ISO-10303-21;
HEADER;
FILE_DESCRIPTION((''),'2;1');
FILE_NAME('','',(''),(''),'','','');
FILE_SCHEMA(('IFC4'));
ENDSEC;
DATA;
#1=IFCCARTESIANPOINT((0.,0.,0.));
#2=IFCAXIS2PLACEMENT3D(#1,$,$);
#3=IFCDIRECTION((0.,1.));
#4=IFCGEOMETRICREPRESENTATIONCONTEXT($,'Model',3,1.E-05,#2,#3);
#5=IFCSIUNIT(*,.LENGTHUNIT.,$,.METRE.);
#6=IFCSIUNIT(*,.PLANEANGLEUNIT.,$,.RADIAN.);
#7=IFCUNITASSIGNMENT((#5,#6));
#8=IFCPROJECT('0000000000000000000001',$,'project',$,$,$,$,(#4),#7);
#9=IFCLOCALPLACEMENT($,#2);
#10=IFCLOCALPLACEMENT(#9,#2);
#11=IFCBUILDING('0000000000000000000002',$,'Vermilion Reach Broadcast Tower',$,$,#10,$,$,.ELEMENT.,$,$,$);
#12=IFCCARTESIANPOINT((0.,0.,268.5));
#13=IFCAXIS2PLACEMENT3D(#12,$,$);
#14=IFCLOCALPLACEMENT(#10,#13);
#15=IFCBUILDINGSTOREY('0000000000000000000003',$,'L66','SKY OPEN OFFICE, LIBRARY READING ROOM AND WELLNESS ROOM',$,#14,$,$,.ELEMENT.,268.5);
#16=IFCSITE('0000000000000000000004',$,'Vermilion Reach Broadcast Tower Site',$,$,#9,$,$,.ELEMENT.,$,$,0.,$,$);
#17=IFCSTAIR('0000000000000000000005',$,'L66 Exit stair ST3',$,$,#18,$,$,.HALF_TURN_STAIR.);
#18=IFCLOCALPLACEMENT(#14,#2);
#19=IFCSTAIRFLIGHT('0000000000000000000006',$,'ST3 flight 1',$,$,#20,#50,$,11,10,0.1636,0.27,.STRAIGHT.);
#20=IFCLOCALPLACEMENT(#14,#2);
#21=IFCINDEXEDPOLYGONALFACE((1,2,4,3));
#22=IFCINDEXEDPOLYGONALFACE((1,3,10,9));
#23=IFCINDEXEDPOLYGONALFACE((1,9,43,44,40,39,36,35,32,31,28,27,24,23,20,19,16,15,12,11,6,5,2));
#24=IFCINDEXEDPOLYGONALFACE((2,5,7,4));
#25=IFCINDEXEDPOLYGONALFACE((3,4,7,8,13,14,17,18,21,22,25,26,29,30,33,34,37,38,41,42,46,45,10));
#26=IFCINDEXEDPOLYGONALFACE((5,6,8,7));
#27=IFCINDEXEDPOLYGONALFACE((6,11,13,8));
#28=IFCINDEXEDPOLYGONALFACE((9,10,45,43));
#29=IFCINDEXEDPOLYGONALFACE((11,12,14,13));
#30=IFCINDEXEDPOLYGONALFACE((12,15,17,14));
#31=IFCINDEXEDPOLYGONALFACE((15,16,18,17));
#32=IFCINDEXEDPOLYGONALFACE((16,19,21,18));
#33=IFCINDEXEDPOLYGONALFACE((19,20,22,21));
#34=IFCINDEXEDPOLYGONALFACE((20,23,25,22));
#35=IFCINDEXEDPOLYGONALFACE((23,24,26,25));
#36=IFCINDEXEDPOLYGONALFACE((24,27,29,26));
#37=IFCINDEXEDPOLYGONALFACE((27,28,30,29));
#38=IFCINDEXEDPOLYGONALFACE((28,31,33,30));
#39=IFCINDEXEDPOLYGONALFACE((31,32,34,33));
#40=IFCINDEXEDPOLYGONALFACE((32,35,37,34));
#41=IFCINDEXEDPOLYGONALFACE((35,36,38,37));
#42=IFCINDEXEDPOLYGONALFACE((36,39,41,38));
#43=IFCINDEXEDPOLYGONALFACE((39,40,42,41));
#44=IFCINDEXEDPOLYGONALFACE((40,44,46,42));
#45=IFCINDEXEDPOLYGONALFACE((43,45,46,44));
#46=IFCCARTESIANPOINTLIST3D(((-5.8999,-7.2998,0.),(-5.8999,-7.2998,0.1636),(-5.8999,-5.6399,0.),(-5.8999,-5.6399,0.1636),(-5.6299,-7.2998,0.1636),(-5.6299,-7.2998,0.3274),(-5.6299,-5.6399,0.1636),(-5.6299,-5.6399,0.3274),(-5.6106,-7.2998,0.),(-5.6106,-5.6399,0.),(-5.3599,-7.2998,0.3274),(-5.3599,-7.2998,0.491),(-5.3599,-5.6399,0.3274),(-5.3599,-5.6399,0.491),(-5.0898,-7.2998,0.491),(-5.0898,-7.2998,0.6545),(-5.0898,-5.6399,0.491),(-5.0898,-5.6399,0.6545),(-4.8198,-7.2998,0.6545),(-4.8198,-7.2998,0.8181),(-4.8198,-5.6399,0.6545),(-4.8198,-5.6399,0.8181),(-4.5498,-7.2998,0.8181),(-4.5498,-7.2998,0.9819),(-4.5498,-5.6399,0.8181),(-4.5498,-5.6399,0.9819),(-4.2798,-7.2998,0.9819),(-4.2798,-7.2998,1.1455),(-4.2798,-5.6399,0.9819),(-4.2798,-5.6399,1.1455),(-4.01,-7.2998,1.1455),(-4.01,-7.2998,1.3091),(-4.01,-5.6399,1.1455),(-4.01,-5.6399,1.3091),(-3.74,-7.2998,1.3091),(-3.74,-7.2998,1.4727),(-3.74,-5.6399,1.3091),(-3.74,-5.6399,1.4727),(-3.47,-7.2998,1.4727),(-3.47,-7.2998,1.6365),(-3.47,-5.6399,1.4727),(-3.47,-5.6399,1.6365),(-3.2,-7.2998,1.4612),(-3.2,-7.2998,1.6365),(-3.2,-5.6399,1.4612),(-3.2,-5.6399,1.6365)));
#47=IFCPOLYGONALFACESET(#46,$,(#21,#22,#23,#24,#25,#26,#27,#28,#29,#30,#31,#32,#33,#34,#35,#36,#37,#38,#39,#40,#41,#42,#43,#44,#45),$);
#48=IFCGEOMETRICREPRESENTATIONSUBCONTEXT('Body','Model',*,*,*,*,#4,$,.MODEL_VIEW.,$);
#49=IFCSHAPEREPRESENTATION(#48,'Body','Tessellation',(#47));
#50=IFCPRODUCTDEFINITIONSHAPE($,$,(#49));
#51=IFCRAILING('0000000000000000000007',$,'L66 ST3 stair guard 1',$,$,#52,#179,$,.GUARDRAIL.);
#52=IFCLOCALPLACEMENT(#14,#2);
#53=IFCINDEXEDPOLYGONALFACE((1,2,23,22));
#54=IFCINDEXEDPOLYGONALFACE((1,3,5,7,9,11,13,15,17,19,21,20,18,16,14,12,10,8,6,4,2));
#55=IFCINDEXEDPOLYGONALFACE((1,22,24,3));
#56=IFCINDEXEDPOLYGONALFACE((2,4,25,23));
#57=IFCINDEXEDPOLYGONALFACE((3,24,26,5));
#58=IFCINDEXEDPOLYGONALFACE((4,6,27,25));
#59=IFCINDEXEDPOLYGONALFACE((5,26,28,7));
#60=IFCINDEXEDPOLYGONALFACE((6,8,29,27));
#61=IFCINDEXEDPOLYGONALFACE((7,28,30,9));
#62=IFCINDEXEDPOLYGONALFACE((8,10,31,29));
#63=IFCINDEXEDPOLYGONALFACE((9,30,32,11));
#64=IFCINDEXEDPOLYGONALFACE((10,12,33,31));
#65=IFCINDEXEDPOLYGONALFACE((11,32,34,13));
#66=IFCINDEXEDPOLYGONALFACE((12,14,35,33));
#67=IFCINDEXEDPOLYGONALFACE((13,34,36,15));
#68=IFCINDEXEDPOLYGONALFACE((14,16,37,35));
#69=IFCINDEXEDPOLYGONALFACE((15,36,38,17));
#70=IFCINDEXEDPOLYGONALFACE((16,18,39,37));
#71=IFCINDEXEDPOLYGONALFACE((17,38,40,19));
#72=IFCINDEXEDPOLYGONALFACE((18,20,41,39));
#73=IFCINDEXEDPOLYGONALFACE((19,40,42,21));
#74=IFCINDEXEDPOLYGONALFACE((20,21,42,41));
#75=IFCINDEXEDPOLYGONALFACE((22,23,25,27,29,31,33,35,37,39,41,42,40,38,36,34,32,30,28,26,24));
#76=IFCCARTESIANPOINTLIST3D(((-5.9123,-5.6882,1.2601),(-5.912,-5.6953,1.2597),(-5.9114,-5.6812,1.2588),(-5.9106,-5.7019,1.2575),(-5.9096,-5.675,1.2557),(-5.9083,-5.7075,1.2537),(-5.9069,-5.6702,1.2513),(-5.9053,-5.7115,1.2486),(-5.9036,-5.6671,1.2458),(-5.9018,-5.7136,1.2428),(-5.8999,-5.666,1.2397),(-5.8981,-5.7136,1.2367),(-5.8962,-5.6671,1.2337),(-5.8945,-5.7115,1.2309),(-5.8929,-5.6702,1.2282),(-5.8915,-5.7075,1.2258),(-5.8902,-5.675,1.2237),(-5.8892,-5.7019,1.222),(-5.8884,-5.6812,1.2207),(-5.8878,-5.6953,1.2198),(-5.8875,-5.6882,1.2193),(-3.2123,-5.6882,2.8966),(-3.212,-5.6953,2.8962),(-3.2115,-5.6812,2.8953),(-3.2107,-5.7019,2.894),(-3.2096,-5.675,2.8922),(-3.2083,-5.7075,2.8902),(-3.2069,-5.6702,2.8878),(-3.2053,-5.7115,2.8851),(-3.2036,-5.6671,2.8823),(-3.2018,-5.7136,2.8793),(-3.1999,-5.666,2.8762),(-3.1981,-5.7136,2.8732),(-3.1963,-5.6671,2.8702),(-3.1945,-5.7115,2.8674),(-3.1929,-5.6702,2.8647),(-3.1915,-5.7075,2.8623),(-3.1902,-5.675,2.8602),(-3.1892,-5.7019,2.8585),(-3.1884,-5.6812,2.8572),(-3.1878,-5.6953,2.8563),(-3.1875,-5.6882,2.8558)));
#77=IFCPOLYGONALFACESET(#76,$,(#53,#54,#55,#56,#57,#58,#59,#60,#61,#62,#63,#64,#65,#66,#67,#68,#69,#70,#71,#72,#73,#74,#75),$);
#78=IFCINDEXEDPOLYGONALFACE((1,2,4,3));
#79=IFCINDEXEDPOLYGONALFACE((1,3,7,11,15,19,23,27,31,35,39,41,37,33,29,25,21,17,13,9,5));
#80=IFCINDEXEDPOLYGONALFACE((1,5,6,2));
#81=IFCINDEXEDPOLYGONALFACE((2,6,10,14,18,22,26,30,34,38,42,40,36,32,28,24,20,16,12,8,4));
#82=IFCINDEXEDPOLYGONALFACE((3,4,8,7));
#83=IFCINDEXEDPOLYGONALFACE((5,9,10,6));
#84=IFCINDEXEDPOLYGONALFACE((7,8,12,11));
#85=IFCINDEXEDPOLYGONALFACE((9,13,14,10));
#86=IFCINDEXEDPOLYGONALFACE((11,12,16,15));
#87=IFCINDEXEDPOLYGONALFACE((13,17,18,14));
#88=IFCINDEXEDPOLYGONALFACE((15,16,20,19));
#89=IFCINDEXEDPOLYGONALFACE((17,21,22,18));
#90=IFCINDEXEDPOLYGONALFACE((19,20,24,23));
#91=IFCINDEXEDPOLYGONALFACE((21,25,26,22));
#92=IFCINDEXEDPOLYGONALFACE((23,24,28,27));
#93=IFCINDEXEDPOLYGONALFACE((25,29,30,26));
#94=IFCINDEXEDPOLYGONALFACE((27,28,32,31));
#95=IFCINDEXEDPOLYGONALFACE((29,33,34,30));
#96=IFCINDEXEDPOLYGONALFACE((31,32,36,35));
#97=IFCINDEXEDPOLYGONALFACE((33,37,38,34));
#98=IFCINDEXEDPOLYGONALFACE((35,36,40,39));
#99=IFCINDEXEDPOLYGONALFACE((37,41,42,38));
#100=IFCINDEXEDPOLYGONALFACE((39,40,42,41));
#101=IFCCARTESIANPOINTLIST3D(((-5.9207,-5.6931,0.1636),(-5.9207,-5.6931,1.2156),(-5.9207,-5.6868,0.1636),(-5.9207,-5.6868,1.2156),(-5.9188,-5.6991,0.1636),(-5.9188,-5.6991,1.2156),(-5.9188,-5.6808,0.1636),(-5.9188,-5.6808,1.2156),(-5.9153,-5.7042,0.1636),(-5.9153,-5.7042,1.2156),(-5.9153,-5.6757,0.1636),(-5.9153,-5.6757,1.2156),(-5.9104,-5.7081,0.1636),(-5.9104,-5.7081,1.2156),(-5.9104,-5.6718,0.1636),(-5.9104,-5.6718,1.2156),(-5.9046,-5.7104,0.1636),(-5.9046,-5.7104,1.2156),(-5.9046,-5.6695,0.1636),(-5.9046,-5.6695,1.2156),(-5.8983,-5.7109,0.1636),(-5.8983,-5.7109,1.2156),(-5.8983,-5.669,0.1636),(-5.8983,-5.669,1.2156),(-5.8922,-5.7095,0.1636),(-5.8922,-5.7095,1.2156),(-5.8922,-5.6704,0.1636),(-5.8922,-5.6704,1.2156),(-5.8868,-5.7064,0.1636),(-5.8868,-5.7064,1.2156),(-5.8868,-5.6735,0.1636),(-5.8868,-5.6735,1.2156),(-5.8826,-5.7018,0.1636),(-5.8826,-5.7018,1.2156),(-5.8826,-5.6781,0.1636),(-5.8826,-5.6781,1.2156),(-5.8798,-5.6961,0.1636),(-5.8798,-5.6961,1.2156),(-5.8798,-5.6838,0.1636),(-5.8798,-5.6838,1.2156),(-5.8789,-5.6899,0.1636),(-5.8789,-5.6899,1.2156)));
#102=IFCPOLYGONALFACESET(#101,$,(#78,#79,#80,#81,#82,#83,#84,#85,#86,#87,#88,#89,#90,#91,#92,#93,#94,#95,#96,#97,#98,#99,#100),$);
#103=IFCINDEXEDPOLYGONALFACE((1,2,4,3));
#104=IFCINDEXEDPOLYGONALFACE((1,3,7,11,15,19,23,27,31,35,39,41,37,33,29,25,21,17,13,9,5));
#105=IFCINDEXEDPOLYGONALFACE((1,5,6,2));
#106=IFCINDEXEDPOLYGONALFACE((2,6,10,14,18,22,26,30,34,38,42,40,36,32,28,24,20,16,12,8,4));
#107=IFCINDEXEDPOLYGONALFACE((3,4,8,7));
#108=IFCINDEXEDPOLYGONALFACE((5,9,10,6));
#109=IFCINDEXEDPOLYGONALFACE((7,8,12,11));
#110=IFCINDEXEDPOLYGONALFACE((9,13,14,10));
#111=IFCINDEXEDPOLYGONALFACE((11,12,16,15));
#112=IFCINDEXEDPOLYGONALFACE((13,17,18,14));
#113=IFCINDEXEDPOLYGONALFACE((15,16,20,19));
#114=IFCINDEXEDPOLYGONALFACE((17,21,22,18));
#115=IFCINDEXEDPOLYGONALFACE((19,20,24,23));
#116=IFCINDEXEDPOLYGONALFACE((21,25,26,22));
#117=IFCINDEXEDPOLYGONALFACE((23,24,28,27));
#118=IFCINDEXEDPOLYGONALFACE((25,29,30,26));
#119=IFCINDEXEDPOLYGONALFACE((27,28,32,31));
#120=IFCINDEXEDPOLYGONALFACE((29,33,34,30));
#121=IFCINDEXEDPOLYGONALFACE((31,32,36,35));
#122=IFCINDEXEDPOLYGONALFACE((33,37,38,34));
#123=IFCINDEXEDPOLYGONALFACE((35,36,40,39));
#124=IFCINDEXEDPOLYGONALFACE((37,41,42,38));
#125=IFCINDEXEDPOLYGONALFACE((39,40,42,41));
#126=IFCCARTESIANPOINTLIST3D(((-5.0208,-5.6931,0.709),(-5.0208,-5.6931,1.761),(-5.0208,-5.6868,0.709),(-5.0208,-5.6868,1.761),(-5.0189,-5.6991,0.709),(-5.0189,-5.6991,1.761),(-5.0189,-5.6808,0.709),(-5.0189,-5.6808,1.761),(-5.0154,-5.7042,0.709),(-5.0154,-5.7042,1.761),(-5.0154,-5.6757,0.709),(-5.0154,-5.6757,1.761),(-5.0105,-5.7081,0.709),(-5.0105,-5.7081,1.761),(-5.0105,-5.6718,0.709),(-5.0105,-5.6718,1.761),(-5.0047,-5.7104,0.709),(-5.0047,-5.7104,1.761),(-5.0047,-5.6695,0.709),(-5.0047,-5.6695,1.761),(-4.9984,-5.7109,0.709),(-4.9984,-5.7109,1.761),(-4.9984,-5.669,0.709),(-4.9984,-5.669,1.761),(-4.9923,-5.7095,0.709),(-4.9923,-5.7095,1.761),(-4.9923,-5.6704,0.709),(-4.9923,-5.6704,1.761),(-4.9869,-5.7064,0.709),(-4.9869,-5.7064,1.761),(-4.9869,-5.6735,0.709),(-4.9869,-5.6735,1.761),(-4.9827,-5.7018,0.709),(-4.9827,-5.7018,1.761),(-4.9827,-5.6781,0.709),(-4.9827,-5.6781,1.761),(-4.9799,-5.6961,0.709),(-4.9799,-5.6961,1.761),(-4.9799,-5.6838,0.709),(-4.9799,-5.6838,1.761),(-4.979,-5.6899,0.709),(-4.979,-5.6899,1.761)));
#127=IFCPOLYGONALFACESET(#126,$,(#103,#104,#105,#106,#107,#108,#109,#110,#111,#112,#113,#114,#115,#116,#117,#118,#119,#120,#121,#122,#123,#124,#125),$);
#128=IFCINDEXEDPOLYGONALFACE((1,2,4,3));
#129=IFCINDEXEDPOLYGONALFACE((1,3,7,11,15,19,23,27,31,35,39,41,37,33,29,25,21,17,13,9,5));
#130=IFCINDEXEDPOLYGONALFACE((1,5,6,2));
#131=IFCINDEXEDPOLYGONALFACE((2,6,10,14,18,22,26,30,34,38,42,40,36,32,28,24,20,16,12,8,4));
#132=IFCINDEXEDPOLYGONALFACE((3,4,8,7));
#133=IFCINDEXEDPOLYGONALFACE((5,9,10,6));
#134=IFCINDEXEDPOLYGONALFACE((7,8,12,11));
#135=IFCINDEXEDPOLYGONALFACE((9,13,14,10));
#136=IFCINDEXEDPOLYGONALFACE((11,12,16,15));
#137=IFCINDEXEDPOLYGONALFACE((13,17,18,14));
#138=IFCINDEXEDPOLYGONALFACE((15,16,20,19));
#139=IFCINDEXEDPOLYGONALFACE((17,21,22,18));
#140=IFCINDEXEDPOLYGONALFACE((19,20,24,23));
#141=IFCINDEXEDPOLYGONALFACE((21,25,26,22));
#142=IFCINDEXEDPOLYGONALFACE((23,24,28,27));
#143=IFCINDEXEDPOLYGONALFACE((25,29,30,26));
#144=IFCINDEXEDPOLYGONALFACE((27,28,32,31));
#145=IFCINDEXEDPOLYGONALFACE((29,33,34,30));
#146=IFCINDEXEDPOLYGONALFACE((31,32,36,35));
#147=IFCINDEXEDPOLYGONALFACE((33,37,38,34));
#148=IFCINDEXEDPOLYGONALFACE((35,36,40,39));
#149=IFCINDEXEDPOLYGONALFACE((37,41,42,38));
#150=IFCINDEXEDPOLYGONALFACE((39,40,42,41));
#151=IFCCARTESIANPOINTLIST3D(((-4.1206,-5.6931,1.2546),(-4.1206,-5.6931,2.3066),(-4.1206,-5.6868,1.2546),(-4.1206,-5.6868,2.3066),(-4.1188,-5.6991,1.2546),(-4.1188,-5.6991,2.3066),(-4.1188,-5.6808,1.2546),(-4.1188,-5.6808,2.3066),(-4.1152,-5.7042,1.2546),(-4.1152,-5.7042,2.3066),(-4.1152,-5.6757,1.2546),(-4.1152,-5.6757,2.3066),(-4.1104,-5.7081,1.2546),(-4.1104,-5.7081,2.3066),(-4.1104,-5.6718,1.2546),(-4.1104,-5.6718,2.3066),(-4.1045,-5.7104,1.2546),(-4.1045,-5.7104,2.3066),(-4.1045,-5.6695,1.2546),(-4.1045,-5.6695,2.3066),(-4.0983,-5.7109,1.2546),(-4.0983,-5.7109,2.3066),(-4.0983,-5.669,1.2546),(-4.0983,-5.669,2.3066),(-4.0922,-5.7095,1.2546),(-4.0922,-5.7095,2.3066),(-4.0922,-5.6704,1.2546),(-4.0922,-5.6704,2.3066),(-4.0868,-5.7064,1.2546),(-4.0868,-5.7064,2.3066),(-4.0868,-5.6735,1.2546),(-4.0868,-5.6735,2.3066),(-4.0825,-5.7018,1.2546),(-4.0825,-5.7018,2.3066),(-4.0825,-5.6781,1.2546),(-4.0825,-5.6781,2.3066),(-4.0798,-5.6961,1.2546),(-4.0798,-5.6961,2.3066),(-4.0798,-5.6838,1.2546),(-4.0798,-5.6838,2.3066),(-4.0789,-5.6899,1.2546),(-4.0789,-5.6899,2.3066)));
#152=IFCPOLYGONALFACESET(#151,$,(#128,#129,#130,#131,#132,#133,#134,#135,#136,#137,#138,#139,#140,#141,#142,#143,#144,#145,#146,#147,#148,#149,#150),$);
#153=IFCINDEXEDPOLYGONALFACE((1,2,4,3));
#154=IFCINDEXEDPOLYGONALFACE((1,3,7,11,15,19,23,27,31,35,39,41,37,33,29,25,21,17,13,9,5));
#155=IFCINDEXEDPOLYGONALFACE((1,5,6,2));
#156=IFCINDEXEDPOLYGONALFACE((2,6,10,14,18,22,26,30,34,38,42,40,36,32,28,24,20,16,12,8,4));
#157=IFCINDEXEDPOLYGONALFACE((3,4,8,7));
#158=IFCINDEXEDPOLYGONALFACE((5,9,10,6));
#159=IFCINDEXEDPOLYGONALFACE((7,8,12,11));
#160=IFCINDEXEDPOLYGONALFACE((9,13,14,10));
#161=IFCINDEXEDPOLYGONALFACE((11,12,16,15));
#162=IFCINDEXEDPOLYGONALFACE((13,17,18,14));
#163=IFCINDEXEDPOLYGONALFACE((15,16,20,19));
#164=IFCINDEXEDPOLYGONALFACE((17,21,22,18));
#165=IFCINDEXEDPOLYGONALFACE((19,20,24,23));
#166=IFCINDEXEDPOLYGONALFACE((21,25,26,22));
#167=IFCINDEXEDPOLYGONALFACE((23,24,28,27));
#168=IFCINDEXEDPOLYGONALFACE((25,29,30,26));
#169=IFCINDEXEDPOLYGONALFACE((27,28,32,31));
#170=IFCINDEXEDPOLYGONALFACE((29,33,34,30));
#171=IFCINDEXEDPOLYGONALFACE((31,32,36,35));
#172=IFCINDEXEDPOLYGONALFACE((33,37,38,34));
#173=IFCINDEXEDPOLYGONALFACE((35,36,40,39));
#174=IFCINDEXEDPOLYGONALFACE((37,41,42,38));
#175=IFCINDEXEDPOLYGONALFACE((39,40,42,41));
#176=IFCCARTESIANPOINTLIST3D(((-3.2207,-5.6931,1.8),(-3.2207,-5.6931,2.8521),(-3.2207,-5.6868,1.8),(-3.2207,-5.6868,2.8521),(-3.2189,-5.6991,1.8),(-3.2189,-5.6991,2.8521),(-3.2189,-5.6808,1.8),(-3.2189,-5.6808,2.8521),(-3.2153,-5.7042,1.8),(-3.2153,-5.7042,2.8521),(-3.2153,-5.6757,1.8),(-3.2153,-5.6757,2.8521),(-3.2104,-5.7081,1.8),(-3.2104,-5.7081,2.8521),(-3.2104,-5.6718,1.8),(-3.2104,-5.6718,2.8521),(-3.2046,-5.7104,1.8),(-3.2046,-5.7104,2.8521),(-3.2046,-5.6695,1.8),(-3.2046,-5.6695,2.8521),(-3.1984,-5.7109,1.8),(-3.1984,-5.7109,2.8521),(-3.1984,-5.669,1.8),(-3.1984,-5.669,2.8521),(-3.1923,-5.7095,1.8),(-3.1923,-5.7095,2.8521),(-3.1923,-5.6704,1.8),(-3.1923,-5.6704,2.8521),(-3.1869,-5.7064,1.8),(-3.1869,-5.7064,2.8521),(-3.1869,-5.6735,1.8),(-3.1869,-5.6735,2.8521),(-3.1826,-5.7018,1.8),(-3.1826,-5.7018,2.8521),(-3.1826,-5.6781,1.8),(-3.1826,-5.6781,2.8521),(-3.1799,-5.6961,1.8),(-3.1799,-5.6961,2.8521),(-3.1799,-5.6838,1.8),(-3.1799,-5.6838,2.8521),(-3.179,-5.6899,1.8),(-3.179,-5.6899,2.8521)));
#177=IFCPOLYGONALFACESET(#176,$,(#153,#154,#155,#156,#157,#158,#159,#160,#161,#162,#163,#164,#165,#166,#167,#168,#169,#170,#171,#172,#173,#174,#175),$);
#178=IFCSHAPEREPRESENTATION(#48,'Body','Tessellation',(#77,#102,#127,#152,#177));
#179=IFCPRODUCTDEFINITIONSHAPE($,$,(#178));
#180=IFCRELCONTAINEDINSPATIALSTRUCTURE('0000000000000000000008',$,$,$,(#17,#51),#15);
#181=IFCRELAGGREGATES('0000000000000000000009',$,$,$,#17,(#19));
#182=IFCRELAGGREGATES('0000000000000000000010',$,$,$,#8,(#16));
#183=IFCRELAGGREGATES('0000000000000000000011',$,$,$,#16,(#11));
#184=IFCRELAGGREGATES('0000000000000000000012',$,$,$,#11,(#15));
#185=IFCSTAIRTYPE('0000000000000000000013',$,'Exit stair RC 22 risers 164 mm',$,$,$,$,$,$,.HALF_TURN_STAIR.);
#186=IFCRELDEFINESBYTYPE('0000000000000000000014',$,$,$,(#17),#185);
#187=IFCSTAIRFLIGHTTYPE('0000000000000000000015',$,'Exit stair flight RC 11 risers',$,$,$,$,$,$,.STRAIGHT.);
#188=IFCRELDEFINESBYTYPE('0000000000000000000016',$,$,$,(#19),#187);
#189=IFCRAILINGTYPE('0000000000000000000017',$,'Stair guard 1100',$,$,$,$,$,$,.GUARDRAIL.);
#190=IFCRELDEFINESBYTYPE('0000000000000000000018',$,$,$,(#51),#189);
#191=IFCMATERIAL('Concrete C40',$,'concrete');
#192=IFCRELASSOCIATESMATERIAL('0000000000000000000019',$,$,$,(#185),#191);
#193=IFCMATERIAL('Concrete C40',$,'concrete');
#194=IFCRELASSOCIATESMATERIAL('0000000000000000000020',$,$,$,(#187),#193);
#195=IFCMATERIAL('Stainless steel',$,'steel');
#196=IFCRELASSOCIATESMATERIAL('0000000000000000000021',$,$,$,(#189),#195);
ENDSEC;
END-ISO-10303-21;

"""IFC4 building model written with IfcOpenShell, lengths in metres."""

from ifc_helpers import new_model, si_unit, direction, frame, origin, origin_2d, place, context, subcontext, project, spatial, polyline, circle, outline, extrude, material, type_object, element, aggregate, save


model = new_model("IFC4")

# Units and contexts
model_context = context("Model", 3, precision=1e-05, world=origin(), true_north=direction((0.0, 1.0)))
body_context = subcontext(model_context, "Body", "Model", "MODEL_VIEW")
ifc_project = project(units=[si_unit("LENGTHUNIT", "METRE"), si_unit("PLANEANGLEUNIT", "RADIAN")], contexts=[model_context])

# Site, building, storey
site_placement = place(None, origin())
site = spatial("IfcSite", under=ifc_project, at=site_placement, Name="Vermilion Reach Broadcast Tower Site", CompositionType="ELEMENT", RefElevation=0.0)
building_placement = place(site_placement, origin())
building = spatial("IfcBuilding", under=site, at=building_placement, Name="Vermilion Reach Broadcast Tower", CompositionType="ELEMENT")
storey_placement = place(building_placement, frame((0.0, 0.0, 268.5)))
storey = spatial("IfcBuildingStorey", under=building, at=storey_placement, Name="L66", Description="SKY OPEN OFFICE, LIBRARY READING ROOM AND WELLNESS ROOM", CompositionType="ELEMENT", Elevation=268.5)

# Stair, stair flight
ifc_material_1 = material(Name="Concrete C40", Category="concrete")
stair_type = type_object("IfcStairType", Name="Exit stair RC 22 risers 164 mm", PredefinedType="HALF_TURN_STAIR", material=ifc_material_1)
stair_placement = place(storey_placement, origin())
stair = element("IfcStair", 1, at=stair_placement, inside=storey, type_object=stair_type, Name="L66 Exit stair ST3", PredefinedType="HALF_TURN_STAIR")
ifc_material_2 = material(Name="Concrete C40", Category="concrete")
stair_flight_type = type_object("IfcStairFlightType", Name="Exit stair flight RC 11 risers", PredefinedType="STRAIGHT", material=ifc_material_2)
stair_flight_placement = place(storey_placement, frame((-5.8999, -6.47, 0.0), z_axis=(0.0, 0.0, 1.0), x_axis=(1.0, 0.0, 0.0)))
stair_flight = element("IfcStairFlight", 2, at=stair_flight_placement, type_object=stair_flight_type, Name="ST3 flight 1", NumberOfRisers=11, NumberOfTreads=10, PredefinedType="STRAIGHT", RiserHeight=0.1636, TreadLength=0.27, context=body_context, shape_type="SweptSolid", body=[
    extrude(outline(polyline([(0.0, 0.0), (0.0, 0.1636), (0.27, 0.1636), (0.27, 0.3274), (0.54, 0.3274), (0.54, 0.491), (0.8101, 0.491), (0.8101, 0.6545), (1.0801, 0.6545), (1.0801, 0.8181), (1.3501, 0.8181), (1.3501, 0.9819), (1.6201, 0.9819), (1.6201, 1.1455), (1.8899, 1.1455), (1.8899, 1.3091), (2.1599, 1.3091), (2.1599, 1.4727), (2.4299, 1.4727), (2.4299, 1.6365), (2.7, 1.6365), (2.7, 1.8), (2.7, 1.4612), (0.2893, 0.0), (0.0, 0.0)])), frame((0.0, 0.8301, 0.0), z_axis=(0.0, -1.0, 0.0), x_axis=(1.0, 0.0, 0.0)), (0.0, 0.0, 1.0), 1.6599),
])
aggregate(stair, [stair_flight])

# Railing
ifc_material_3 = material(Name="Stainless steel", Category="steel")
railing_type_1 = type_object("IfcRailingType", Name="Stair guard 1100", PredefinedType="GUARDRAIL", material=ifc_material_3)
railing_1_placement = place(storey_placement, frame((-5.8999, -5.6899, 0.1636)))
element("IfcRailing", 3, at=railing_1_placement, inside=storey, type_object=railing_type_1, Name="L66 ST3 stair guard 1", PredefinedType="GUARDRAIL", context=body_context, shape_type="SweptSolid", body=[
    extrude(circle(Radius=0.0239, at=origin_2d()), frame((0.0, 0.0, 1.0762), z_axis=(0.855178, 0.0, 0.518334), x_axis=(0.0, 1.0, 0.0)), (0.0, 0.0, 1.0), 3.1572),
    extrude(circle(Radius=0.021, at=origin_2d()), origin(), (0.0, 0.0, 1.0), 1.052),
    extrude(circle(Radius=0.021, at=origin_2d()), frame((0.8999, 0.0, 0.5454)), (0.0, 0.0, 1.0), 1.052),
    extrude(circle(Radius=0.021, at=origin_2d()), frame((1.8, 0.0, 1.0911)), (0.0, 0.0, 1.0), 1.052),
    extrude(circle(Radius=0.021, at=origin_2d()), frame((2.7, 0.0, 1.6365)), (0.0, 0.0, 1.0), 1.052),
])

save(model, "model.ifc")
